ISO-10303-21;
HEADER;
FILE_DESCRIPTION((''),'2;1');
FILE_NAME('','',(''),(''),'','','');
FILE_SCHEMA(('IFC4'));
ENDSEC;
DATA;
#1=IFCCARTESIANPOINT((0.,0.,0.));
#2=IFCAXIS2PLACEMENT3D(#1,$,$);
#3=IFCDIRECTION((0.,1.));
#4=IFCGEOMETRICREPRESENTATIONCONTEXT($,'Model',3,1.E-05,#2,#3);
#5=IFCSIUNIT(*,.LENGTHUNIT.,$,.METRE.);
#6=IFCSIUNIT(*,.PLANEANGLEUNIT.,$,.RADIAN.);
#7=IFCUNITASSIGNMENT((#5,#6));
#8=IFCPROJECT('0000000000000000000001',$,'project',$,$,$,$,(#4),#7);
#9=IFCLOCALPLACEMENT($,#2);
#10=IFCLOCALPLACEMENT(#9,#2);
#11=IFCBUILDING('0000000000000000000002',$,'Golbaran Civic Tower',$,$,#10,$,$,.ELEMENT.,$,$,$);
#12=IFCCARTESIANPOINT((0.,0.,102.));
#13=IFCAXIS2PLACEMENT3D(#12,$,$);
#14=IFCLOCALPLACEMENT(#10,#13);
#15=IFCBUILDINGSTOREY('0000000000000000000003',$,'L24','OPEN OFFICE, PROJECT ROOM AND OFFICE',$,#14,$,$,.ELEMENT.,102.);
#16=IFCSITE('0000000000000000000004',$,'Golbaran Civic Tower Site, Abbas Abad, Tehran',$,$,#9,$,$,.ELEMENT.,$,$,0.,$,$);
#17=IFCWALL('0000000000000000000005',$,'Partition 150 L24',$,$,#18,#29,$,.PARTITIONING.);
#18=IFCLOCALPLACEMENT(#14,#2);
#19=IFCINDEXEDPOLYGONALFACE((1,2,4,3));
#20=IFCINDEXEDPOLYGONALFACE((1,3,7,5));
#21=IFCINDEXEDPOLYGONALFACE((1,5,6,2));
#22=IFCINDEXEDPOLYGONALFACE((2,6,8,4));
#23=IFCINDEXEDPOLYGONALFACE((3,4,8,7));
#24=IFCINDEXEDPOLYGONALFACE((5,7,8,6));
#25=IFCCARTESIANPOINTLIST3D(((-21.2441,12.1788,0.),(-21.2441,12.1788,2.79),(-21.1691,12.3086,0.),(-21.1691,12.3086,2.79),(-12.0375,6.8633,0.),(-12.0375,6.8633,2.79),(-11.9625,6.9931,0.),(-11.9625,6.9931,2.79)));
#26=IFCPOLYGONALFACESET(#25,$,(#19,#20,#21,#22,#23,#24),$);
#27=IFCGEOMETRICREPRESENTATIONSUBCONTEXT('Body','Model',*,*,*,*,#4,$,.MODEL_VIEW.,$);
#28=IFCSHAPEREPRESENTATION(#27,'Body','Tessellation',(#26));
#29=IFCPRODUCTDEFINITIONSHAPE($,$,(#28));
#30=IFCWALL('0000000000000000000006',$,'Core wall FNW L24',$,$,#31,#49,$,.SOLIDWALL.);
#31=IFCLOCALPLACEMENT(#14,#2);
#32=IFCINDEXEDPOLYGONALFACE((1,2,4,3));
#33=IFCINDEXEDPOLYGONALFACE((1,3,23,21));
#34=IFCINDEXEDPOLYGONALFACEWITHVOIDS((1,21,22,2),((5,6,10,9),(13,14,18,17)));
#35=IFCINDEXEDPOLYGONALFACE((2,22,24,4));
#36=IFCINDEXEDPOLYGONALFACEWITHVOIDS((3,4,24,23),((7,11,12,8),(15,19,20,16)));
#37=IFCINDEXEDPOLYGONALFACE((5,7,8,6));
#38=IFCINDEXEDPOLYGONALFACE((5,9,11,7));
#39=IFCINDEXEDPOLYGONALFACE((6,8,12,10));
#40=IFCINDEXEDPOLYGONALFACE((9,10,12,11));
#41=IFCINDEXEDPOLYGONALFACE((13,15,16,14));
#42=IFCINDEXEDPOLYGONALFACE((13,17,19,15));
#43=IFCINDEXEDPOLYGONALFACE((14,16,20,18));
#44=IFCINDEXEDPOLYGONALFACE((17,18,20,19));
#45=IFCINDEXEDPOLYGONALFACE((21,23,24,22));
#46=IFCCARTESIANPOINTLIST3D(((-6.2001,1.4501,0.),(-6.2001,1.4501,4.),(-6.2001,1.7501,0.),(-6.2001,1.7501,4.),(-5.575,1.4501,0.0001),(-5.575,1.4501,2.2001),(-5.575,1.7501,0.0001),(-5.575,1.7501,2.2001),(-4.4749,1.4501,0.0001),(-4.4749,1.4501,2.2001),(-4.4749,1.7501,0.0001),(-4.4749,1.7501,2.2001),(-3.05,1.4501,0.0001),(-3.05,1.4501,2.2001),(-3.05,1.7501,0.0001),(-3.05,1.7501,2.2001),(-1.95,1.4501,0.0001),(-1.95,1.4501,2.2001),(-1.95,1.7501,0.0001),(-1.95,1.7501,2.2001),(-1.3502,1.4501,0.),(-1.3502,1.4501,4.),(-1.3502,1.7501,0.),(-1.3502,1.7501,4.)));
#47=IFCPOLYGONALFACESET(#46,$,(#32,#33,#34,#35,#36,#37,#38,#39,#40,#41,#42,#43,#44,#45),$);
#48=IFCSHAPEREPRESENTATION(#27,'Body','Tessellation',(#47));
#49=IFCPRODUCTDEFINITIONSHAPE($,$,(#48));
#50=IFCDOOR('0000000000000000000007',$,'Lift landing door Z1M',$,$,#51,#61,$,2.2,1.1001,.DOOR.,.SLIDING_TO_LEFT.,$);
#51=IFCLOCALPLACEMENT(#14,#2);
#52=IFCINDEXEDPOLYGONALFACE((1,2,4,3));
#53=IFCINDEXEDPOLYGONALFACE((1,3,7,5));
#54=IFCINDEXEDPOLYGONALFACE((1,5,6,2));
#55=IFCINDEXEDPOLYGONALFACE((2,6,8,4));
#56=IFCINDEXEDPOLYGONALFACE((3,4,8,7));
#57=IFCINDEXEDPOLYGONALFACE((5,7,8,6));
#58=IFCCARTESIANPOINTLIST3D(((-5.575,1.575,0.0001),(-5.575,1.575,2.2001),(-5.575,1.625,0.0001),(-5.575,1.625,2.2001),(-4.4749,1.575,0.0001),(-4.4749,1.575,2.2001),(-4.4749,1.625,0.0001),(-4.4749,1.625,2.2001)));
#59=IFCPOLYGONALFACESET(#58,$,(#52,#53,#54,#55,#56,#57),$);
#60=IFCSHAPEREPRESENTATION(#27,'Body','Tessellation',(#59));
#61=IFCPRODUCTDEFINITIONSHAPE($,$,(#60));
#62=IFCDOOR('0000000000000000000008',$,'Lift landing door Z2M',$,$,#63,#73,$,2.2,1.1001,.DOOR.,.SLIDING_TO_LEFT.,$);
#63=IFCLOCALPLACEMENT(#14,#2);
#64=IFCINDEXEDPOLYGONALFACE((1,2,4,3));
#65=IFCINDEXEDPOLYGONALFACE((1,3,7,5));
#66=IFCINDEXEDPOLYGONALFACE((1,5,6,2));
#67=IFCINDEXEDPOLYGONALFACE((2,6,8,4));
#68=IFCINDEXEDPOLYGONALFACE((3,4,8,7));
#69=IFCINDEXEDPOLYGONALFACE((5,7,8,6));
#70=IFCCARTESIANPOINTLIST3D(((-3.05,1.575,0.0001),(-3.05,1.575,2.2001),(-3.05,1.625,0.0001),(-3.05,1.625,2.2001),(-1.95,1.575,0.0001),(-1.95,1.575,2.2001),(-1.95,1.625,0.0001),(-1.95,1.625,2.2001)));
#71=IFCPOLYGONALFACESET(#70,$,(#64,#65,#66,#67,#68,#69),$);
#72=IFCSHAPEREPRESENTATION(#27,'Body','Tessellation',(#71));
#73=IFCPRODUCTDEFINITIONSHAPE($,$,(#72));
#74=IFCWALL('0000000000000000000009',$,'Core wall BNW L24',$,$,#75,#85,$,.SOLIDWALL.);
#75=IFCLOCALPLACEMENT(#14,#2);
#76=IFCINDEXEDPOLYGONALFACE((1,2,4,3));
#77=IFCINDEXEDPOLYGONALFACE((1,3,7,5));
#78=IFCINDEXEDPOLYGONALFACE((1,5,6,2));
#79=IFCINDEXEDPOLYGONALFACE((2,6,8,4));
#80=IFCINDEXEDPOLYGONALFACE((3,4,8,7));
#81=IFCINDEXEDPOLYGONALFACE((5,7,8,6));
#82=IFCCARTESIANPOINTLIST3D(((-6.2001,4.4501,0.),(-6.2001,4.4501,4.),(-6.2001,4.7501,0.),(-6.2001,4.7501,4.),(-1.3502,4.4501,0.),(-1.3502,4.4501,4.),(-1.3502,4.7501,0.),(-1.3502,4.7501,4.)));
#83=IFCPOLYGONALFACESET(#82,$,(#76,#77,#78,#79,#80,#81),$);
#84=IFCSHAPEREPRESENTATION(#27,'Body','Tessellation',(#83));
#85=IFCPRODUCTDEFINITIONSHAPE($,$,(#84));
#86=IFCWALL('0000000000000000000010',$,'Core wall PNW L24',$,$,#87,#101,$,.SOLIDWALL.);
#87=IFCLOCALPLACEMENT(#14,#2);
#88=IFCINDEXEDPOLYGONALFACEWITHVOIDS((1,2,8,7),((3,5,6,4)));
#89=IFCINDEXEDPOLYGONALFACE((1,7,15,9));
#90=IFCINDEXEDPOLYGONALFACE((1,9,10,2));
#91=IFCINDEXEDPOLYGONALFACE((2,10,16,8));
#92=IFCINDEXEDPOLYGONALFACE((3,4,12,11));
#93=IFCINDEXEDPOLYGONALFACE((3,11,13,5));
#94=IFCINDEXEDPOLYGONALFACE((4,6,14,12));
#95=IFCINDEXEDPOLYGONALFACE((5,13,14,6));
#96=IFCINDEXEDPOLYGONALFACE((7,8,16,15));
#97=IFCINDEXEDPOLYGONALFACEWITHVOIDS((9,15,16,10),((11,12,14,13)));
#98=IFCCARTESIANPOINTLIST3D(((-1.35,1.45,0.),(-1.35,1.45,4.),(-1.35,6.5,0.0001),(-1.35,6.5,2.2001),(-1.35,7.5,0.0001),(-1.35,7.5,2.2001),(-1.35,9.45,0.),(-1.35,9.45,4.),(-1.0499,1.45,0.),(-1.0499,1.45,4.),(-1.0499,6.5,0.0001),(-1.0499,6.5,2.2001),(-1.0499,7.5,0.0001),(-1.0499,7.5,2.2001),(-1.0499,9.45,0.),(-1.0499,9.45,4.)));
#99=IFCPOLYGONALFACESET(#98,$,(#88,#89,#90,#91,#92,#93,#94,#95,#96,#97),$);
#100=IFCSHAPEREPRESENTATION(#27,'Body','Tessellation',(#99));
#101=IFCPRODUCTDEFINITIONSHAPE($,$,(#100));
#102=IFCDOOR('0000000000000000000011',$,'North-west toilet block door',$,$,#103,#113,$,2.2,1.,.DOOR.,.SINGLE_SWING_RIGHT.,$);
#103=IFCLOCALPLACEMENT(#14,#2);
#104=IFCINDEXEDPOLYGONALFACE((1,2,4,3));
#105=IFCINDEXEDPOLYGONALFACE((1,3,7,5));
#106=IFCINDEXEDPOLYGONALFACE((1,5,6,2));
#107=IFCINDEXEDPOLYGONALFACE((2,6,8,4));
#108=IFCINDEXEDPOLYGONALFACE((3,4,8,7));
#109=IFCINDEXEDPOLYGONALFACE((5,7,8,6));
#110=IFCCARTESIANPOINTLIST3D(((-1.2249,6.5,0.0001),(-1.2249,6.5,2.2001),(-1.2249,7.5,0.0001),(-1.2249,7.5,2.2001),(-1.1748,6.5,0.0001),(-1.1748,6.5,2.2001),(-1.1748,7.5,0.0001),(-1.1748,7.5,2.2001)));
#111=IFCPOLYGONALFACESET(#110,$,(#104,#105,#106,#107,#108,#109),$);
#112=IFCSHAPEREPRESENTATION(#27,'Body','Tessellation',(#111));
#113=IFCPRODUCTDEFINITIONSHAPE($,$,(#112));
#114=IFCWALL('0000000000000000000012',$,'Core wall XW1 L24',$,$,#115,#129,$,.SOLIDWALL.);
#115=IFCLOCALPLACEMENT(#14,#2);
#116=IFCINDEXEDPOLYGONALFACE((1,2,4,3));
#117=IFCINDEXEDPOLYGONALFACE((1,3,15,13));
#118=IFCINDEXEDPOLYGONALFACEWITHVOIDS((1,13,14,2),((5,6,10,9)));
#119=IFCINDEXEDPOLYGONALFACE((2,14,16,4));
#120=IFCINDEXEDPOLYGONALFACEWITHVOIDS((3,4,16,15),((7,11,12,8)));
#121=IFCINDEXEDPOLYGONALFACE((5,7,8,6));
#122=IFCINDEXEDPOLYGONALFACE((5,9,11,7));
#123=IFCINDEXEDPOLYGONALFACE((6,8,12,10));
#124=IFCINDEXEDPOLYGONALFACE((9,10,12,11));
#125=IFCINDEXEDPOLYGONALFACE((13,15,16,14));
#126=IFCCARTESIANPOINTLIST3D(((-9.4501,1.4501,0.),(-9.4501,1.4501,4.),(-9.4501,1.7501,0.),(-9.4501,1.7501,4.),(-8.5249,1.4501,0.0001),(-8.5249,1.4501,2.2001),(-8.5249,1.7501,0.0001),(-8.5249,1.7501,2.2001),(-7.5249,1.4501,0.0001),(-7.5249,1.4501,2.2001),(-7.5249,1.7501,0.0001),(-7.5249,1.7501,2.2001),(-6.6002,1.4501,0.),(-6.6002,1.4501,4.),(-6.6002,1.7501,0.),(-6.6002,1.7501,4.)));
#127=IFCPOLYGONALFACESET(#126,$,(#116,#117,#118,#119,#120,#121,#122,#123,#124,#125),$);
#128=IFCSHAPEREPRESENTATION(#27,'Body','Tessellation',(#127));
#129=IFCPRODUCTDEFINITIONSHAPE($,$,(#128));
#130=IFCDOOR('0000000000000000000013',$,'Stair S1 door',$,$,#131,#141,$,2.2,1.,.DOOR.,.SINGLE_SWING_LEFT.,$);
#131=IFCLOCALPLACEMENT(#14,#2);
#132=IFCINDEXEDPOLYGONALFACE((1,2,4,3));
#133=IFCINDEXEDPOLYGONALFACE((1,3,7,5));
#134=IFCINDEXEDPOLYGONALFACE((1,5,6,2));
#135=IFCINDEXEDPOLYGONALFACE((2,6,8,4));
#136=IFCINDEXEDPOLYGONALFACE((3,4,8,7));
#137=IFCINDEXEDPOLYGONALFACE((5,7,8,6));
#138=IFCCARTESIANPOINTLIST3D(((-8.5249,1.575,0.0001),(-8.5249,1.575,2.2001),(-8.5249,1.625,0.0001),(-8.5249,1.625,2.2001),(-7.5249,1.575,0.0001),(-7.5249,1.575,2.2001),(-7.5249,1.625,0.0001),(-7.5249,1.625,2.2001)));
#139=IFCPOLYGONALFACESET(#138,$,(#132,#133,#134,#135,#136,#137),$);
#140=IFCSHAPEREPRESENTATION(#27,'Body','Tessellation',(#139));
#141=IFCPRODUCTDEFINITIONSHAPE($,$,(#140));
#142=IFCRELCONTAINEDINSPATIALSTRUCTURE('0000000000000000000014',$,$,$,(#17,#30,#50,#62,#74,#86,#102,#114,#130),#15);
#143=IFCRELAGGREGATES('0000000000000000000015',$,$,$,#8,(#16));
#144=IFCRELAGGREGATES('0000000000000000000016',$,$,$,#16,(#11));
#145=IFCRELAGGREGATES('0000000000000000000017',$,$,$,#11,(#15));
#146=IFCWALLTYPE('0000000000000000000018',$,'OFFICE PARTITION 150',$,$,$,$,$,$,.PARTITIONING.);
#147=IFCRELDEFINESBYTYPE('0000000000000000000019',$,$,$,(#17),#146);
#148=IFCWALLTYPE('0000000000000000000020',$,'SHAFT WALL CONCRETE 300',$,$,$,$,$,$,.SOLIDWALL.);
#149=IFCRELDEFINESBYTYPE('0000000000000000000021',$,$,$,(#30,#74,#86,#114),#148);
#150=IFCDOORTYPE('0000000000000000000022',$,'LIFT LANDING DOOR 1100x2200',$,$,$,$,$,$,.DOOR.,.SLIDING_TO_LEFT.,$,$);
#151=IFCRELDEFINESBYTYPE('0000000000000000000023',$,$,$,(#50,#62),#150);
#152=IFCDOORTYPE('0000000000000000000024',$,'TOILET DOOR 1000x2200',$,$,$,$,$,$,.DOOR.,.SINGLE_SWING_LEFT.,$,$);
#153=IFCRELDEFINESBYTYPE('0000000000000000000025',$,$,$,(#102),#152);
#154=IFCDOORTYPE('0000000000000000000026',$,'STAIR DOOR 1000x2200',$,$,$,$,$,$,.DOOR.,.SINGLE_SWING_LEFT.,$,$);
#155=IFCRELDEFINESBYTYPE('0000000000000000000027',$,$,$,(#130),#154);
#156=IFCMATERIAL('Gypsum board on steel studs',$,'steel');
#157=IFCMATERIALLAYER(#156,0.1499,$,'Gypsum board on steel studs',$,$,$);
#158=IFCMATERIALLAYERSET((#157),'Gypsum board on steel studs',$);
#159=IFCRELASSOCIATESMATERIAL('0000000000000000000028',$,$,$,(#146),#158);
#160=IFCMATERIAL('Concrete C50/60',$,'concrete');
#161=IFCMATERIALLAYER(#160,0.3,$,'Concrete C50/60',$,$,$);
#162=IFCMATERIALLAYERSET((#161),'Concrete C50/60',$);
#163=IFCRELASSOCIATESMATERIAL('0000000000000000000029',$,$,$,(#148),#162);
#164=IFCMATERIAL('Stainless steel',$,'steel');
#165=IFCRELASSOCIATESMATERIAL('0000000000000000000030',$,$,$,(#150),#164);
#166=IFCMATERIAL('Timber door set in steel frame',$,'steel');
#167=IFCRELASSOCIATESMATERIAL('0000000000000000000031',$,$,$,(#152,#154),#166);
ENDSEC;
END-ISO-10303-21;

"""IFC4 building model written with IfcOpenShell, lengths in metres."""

from ifc_helpers import new_model, si_unit, direction, frame, frame_2d, origin, place, context, subcontext, project, spatial, rectangle, extrude, material, layer, layer_set, type_object, element, fill, save


model = new_model("IFC4")

# Units and contexts
model_context = context("Model", 3, precision=1e-05, world=origin(), true_north=direction((0.0, 1.0)))
body_context = subcontext(model_context, "Body", "Model", "MODEL_VIEW")
ifc_project = project(units=[si_unit("LENGTHUNIT", "METRE"), si_unit("PLANEANGLEUNIT", "RADIAN")], contexts=[model_context])

# Site, building, storey
site_placement = place(None, origin())
site = spatial("IfcSite", under=ifc_project, at=site_placement, Name="Golbaran Civic Tower Site, Abbas Abad, Tehran", CompositionType="ELEMENT", RefElevation=0.0)
building_placement = place(site_placement, origin())
building = spatial("IfcBuilding", under=site, at=building_placement, Name="Golbaran Civic Tower", CompositionType="ELEMENT")
storey_placement = place(building_placement, frame((0.0, 0.0, 102.0)))
storey = spatial("IfcBuildingStorey", under=building, at=storey_placement, Name="L24", Description="OPEN OFFICE, PROJECT ROOM AND OFFICE", CompositionType="ELEMENT", Elevation=102.0)

# Shared definitions
ifc_material_1 = material(Name="Concrete C50/60", Category="concrete")
ifc_material_2 = material(Name="Timber door set in steel frame", Category="steel")

# Wall
ifc_material_3 = material(Name="Gypsum board on steel studs", Category="steel")
ifc_layer_1 = layer(ifc_material_3, 0.1499, Name="Gypsum board on steel studs")
ifc_layer_set_1 = layer_set([ifc_layer_1], Name="Gypsum board on steel studs")
wall_type_1 = type_object("IfcWallType", Name="OFFICE PARTITION 150", PredefinedType="PARTITIONING", material=ifc_layer_set_1)
wall_1_placement = place(storey_placement, frame((-12.0, 6.9282, 0.0), z_axis=(0.0, 0.0, 1.0), x_axis=(-0.866024, 0.500002, 0.0)))
element("IfcWall", 1, at=wall_1_placement, inside=storey, type_object=wall_type_1, Name="Partition 150 L24", PredefinedType="PARTITIONING", context=body_context, shape_type="SweptSolid", body=[
    extrude(rectangle(XDim=10.6309, YDim=0.1499, at=frame_2d((5.3154, 0.0))), origin(), (0.0, 0.0, 1.0), 2.79),
])

# Wall, openings, doors
ifc_layer_2 = layer(ifc_material_1, 0.3, Name="Concrete C50/60")
ifc_layer_set_2 = layer_set([ifc_layer_2], Name="Concrete C50/60")
wall_type_2 = type_object("IfcWallType", Name="SHAFT WALL CONCRETE 300", PredefinedType="SOLIDWALL", material=ifc_layer_set_2)
wall_2_placement = place(storey_placement, frame((-6.2, 1.6001, 0.0), z_axis=(0.0, 0.0, 1.0), x_axis=(1.0, 0.0, 0.0)))
wall_2 = element("IfcWall", 2, at=wall_2_placement, inside=storey, type_object=wall_type_2, Name="Core wall FNW L24", PredefinedType="SOLIDWALL", context=body_context, shape_type="SweptSolid", body=[
    extrude(rectangle(XDim=4.8499, YDim=0.3, at=frame_2d((2.4248, 0.0))), origin(), (0.0, 0.0, 1.0), 4.0),
])
opening_1_placement = place(wall_2_placement, frame((0.625, 0.0, 0.0)))
opening_1 = element("IfcOpeningElement", 3, at=opening_1_placement, cuts=wall_2, PredefinedType="OPENING", context=body_context, shape_type="SweptSolid", body=[
    extrude(rectangle(XDim=1.1001, YDim=2.2, at=frame_2d((0.55, 1.1001))), frame((0.0, 0.1599, 0.0), z_axis=(0.0, -1.0, 0.0), x_axis=(1.0, 0.0, 0.0)), (0.0, 0.0, 1.0), 0.3201),
])
opening_2_placement = place(wall_2_placement, frame((3.1499, 0.0, 0.0)))
opening_2 = element("IfcOpeningElement", 4, at=opening_2_placement, cuts=wall_2, PredefinedType="OPENING", context=body_context, shape_type="SweptSolid", body=[
    extrude(rectangle(XDim=1.1001, YDim=2.2, at=frame_2d((0.55, 1.1001))), frame((0.0, 0.1599, 0.0), z_axis=(0.0, -1.0, 0.0), x_axis=(1.0, 0.0, 0.0)), (0.0, 0.0, 1.0), 0.3201),
])
ifc_material_4 = material(Name="Stainless steel", Category="steel")
door_type_1 = type_object("IfcDoorType", Name="LIFT LANDING DOOR 1100x2200", OperationType="SLIDING_TO_LEFT", PredefinedType="DOOR", material=ifc_material_4)
door_1_placement = place(opening_1_placement, origin())
door_1 = element("IfcDoor", 5, at=door_1_placement, inside=storey, type_object=door_type_1, Name="Lift landing door Z1M", OperationType="SLIDING_TO_LEFT", OverallHeight=2.2, OverallWidth=1.1001, PredefinedType="DOOR", context=body_context, shape_type="SweptSolid", body=[
    extrude(rectangle(XDim=1.1001, YDim=2.2, at=frame_2d((0.55, 1.1001))), frame((0.0, 0.0249, 0.0), z_axis=(0.0, -1.0, 0.0), x_axis=(1.0, 0.0, 0.0)), (0.0, 0.0, 1.0), 0.05),
])
fill(opening_1, door_1)
door_2_placement = place(opening_2_placement, origin())
door_2 = element("IfcDoor", 6, at=door_2_placement, inside=storey, type_object=door_type_1, Name="Lift landing door Z2M", OperationType="SLIDING_TO_LEFT", OverallHeight=2.2, OverallWidth=1.1001, PredefinedType="DOOR", context=body_context, shape_type="SweptSolid", body=[
    extrude(rectangle(XDim=1.1001, YDim=2.2, at=frame_2d((0.55, 1.1001))), frame((0.0, 0.0249, 0.0), z_axis=(0.0, -1.0, 0.0), x_axis=(1.0, 0.0, 0.0)), (0.0, 0.0, 1.0), 0.05),
])
fill(opening_2, door_2)

# Wall
wall_3_placement = place(storey_placement, frame((-6.2, 4.6001, 0.0), z_axis=(0.0, 0.0, 1.0), x_axis=(1.0, 0.0, 0.0)))
element("IfcWall", 7, at=wall_3_placement, inside=storey, type_object=wall_type_2, Name="Core wall BNW L24", PredefinedType="SOLIDWALL", context=body_context, shape_type="SweptSolid", body=[
    extrude(rectangle(XDim=4.8499, YDim=0.3, at=frame_2d((2.4248, 0.0))), origin(), (0.0, 0.0, 1.0), 4.0),
])

# Walls, openings, doors
wall_4_placement = place(storey_placement, frame((-1.2, 1.45, 0.0), z_axis=(0.0, 0.0, 1.0), x_axis=(0.0, 1.0, 0.0)))
wall_4 = element("IfcWall", 8, at=wall_4_placement, inside=storey, type_object=wall_type_2, Name="Core wall PNW L24", PredefinedType="SOLIDWALL", context=body_context, shape_type="SweptSolid", body=[
    extrude(rectangle(XDim=8.0, YDim=0.3, at=frame_2d((4.0, 0.0))), origin(), (0.0, 0.0, 1.0), 4.0),
])
opening_3_placement = place(wall_4_placement, frame((5.05, 0.0, 0.0)))
opening_3 = element("IfcOpeningElement", 9, at=opening_3_placement, cuts=wall_4, PredefinedType="OPENING", context=body_context, shape_type="SweptSolid", body=[
    extrude(rectangle(XDim=1.0, YDim=2.2, at=frame_2d((0.5, 1.1001))), frame((0.0, 0.1599, 0.0), z_axis=(0.0, -1.0, 0.0), x_axis=(1.0, 0.0, 0.0)), (0.0, 0.0, 1.0), 0.3201),
])
door_type_2 = type_object("IfcDoorType", Name="TOILET DOOR 1000x2200", OperationType="SINGLE_SWING_LEFT", PredefinedType="DOOR", material=ifc_material_2)
door_3_placement = place(opening_3_placement, origin())
door_3 = element("IfcDoor", 10, at=door_3_placement, inside=storey, type_object=door_type_2, Name="North-west toilet block door", OperationType="SINGLE_SWING_RIGHT", OverallHeight=2.2, OverallWidth=1.0, PredefinedType="DOOR", context=body_context, shape_type="SweptSolid", body=[
    extrude(rectangle(XDim=1.0, YDim=2.2, at=frame_2d((0.5, 1.1001))), frame((0.0, 0.0249, 0.0), z_axis=(0.0, -1.0, 0.0), x_axis=(1.0, 0.0, 0.0)), (0.0, 0.0, 1.0), 0.05),
])
fill(opening_3, door_3)
wall_5_placement = place(storey_placement, frame((-9.45, 1.6001, 0.0), z_axis=(0.0, 0.0, 1.0), x_axis=(1.0, 0.0, 0.0)))
wall_5 = element("IfcWall", 11, at=wall_5_placement, inside=storey, type_object=wall_type_2, Name="Core wall XW1 L24", PredefinedType="SOLIDWALL", context=body_context, shape_type="SweptSolid", body=[
    extrude(rectangle(XDim=2.8499, YDim=0.3, at=frame_2d((1.4248, 0.0))), origin(), (0.0, 0.0, 1.0), 4.0),
])
opening_4_placement = place(wall_5_placement, frame((0.925, 0.0, 0.0)))
opening_4 = element("IfcOpeningElement", 12, at=opening_4_placement, cuts=wall_5, PredefinedType="OPENING", context=body_context, shape_type="SweptSolid", body=[
    extrude(rectangle(XDim=1.0, YDim=2.2, at=frame_2d((0.5, 1.1001))), frame((0.0, 0.1599, 0.0), z_axis=(0.0, -1.0, 0.0), x_axis=(1.0, 0.0, 0.0)), (0.0, 0.0, 1.0), 0.3201),
])
door_type_3 = type_object("IfcDoorType", Name="STAIR DOOR 1000x2200", OperationType="SINGLE_SWING_LEFT", PredefinedType="DOOR", material=ifc_material_2)
door_4_placement = place(opening_4_placement, origin())
door_4 = element("IfcDoor", 13, at=door_4_placement, inside=storey, type_object=door_type_3, Name="Stair S1 door", OperationType="SINGLE_SWING_LEFT", OverallHeight=2.2, OverallWidth=1.0, PredefinedType="DOOR", context=body_context, shape_type="SweptSolid", body=[
    extrude(rectangle(XDim=1.0, YDim=2.2, at=frame_2d((0.5, 1.1001))), frame((0.0, 0.0249, 0.0), z_axis=(0.0, -1.0, 0.0), x_axis=(1.0, 0.0, 0.0)), (0.0, 0.0, 1.0), 0.05),
])
fill(opening_4, door_4)

save(model, "model.ifc")
